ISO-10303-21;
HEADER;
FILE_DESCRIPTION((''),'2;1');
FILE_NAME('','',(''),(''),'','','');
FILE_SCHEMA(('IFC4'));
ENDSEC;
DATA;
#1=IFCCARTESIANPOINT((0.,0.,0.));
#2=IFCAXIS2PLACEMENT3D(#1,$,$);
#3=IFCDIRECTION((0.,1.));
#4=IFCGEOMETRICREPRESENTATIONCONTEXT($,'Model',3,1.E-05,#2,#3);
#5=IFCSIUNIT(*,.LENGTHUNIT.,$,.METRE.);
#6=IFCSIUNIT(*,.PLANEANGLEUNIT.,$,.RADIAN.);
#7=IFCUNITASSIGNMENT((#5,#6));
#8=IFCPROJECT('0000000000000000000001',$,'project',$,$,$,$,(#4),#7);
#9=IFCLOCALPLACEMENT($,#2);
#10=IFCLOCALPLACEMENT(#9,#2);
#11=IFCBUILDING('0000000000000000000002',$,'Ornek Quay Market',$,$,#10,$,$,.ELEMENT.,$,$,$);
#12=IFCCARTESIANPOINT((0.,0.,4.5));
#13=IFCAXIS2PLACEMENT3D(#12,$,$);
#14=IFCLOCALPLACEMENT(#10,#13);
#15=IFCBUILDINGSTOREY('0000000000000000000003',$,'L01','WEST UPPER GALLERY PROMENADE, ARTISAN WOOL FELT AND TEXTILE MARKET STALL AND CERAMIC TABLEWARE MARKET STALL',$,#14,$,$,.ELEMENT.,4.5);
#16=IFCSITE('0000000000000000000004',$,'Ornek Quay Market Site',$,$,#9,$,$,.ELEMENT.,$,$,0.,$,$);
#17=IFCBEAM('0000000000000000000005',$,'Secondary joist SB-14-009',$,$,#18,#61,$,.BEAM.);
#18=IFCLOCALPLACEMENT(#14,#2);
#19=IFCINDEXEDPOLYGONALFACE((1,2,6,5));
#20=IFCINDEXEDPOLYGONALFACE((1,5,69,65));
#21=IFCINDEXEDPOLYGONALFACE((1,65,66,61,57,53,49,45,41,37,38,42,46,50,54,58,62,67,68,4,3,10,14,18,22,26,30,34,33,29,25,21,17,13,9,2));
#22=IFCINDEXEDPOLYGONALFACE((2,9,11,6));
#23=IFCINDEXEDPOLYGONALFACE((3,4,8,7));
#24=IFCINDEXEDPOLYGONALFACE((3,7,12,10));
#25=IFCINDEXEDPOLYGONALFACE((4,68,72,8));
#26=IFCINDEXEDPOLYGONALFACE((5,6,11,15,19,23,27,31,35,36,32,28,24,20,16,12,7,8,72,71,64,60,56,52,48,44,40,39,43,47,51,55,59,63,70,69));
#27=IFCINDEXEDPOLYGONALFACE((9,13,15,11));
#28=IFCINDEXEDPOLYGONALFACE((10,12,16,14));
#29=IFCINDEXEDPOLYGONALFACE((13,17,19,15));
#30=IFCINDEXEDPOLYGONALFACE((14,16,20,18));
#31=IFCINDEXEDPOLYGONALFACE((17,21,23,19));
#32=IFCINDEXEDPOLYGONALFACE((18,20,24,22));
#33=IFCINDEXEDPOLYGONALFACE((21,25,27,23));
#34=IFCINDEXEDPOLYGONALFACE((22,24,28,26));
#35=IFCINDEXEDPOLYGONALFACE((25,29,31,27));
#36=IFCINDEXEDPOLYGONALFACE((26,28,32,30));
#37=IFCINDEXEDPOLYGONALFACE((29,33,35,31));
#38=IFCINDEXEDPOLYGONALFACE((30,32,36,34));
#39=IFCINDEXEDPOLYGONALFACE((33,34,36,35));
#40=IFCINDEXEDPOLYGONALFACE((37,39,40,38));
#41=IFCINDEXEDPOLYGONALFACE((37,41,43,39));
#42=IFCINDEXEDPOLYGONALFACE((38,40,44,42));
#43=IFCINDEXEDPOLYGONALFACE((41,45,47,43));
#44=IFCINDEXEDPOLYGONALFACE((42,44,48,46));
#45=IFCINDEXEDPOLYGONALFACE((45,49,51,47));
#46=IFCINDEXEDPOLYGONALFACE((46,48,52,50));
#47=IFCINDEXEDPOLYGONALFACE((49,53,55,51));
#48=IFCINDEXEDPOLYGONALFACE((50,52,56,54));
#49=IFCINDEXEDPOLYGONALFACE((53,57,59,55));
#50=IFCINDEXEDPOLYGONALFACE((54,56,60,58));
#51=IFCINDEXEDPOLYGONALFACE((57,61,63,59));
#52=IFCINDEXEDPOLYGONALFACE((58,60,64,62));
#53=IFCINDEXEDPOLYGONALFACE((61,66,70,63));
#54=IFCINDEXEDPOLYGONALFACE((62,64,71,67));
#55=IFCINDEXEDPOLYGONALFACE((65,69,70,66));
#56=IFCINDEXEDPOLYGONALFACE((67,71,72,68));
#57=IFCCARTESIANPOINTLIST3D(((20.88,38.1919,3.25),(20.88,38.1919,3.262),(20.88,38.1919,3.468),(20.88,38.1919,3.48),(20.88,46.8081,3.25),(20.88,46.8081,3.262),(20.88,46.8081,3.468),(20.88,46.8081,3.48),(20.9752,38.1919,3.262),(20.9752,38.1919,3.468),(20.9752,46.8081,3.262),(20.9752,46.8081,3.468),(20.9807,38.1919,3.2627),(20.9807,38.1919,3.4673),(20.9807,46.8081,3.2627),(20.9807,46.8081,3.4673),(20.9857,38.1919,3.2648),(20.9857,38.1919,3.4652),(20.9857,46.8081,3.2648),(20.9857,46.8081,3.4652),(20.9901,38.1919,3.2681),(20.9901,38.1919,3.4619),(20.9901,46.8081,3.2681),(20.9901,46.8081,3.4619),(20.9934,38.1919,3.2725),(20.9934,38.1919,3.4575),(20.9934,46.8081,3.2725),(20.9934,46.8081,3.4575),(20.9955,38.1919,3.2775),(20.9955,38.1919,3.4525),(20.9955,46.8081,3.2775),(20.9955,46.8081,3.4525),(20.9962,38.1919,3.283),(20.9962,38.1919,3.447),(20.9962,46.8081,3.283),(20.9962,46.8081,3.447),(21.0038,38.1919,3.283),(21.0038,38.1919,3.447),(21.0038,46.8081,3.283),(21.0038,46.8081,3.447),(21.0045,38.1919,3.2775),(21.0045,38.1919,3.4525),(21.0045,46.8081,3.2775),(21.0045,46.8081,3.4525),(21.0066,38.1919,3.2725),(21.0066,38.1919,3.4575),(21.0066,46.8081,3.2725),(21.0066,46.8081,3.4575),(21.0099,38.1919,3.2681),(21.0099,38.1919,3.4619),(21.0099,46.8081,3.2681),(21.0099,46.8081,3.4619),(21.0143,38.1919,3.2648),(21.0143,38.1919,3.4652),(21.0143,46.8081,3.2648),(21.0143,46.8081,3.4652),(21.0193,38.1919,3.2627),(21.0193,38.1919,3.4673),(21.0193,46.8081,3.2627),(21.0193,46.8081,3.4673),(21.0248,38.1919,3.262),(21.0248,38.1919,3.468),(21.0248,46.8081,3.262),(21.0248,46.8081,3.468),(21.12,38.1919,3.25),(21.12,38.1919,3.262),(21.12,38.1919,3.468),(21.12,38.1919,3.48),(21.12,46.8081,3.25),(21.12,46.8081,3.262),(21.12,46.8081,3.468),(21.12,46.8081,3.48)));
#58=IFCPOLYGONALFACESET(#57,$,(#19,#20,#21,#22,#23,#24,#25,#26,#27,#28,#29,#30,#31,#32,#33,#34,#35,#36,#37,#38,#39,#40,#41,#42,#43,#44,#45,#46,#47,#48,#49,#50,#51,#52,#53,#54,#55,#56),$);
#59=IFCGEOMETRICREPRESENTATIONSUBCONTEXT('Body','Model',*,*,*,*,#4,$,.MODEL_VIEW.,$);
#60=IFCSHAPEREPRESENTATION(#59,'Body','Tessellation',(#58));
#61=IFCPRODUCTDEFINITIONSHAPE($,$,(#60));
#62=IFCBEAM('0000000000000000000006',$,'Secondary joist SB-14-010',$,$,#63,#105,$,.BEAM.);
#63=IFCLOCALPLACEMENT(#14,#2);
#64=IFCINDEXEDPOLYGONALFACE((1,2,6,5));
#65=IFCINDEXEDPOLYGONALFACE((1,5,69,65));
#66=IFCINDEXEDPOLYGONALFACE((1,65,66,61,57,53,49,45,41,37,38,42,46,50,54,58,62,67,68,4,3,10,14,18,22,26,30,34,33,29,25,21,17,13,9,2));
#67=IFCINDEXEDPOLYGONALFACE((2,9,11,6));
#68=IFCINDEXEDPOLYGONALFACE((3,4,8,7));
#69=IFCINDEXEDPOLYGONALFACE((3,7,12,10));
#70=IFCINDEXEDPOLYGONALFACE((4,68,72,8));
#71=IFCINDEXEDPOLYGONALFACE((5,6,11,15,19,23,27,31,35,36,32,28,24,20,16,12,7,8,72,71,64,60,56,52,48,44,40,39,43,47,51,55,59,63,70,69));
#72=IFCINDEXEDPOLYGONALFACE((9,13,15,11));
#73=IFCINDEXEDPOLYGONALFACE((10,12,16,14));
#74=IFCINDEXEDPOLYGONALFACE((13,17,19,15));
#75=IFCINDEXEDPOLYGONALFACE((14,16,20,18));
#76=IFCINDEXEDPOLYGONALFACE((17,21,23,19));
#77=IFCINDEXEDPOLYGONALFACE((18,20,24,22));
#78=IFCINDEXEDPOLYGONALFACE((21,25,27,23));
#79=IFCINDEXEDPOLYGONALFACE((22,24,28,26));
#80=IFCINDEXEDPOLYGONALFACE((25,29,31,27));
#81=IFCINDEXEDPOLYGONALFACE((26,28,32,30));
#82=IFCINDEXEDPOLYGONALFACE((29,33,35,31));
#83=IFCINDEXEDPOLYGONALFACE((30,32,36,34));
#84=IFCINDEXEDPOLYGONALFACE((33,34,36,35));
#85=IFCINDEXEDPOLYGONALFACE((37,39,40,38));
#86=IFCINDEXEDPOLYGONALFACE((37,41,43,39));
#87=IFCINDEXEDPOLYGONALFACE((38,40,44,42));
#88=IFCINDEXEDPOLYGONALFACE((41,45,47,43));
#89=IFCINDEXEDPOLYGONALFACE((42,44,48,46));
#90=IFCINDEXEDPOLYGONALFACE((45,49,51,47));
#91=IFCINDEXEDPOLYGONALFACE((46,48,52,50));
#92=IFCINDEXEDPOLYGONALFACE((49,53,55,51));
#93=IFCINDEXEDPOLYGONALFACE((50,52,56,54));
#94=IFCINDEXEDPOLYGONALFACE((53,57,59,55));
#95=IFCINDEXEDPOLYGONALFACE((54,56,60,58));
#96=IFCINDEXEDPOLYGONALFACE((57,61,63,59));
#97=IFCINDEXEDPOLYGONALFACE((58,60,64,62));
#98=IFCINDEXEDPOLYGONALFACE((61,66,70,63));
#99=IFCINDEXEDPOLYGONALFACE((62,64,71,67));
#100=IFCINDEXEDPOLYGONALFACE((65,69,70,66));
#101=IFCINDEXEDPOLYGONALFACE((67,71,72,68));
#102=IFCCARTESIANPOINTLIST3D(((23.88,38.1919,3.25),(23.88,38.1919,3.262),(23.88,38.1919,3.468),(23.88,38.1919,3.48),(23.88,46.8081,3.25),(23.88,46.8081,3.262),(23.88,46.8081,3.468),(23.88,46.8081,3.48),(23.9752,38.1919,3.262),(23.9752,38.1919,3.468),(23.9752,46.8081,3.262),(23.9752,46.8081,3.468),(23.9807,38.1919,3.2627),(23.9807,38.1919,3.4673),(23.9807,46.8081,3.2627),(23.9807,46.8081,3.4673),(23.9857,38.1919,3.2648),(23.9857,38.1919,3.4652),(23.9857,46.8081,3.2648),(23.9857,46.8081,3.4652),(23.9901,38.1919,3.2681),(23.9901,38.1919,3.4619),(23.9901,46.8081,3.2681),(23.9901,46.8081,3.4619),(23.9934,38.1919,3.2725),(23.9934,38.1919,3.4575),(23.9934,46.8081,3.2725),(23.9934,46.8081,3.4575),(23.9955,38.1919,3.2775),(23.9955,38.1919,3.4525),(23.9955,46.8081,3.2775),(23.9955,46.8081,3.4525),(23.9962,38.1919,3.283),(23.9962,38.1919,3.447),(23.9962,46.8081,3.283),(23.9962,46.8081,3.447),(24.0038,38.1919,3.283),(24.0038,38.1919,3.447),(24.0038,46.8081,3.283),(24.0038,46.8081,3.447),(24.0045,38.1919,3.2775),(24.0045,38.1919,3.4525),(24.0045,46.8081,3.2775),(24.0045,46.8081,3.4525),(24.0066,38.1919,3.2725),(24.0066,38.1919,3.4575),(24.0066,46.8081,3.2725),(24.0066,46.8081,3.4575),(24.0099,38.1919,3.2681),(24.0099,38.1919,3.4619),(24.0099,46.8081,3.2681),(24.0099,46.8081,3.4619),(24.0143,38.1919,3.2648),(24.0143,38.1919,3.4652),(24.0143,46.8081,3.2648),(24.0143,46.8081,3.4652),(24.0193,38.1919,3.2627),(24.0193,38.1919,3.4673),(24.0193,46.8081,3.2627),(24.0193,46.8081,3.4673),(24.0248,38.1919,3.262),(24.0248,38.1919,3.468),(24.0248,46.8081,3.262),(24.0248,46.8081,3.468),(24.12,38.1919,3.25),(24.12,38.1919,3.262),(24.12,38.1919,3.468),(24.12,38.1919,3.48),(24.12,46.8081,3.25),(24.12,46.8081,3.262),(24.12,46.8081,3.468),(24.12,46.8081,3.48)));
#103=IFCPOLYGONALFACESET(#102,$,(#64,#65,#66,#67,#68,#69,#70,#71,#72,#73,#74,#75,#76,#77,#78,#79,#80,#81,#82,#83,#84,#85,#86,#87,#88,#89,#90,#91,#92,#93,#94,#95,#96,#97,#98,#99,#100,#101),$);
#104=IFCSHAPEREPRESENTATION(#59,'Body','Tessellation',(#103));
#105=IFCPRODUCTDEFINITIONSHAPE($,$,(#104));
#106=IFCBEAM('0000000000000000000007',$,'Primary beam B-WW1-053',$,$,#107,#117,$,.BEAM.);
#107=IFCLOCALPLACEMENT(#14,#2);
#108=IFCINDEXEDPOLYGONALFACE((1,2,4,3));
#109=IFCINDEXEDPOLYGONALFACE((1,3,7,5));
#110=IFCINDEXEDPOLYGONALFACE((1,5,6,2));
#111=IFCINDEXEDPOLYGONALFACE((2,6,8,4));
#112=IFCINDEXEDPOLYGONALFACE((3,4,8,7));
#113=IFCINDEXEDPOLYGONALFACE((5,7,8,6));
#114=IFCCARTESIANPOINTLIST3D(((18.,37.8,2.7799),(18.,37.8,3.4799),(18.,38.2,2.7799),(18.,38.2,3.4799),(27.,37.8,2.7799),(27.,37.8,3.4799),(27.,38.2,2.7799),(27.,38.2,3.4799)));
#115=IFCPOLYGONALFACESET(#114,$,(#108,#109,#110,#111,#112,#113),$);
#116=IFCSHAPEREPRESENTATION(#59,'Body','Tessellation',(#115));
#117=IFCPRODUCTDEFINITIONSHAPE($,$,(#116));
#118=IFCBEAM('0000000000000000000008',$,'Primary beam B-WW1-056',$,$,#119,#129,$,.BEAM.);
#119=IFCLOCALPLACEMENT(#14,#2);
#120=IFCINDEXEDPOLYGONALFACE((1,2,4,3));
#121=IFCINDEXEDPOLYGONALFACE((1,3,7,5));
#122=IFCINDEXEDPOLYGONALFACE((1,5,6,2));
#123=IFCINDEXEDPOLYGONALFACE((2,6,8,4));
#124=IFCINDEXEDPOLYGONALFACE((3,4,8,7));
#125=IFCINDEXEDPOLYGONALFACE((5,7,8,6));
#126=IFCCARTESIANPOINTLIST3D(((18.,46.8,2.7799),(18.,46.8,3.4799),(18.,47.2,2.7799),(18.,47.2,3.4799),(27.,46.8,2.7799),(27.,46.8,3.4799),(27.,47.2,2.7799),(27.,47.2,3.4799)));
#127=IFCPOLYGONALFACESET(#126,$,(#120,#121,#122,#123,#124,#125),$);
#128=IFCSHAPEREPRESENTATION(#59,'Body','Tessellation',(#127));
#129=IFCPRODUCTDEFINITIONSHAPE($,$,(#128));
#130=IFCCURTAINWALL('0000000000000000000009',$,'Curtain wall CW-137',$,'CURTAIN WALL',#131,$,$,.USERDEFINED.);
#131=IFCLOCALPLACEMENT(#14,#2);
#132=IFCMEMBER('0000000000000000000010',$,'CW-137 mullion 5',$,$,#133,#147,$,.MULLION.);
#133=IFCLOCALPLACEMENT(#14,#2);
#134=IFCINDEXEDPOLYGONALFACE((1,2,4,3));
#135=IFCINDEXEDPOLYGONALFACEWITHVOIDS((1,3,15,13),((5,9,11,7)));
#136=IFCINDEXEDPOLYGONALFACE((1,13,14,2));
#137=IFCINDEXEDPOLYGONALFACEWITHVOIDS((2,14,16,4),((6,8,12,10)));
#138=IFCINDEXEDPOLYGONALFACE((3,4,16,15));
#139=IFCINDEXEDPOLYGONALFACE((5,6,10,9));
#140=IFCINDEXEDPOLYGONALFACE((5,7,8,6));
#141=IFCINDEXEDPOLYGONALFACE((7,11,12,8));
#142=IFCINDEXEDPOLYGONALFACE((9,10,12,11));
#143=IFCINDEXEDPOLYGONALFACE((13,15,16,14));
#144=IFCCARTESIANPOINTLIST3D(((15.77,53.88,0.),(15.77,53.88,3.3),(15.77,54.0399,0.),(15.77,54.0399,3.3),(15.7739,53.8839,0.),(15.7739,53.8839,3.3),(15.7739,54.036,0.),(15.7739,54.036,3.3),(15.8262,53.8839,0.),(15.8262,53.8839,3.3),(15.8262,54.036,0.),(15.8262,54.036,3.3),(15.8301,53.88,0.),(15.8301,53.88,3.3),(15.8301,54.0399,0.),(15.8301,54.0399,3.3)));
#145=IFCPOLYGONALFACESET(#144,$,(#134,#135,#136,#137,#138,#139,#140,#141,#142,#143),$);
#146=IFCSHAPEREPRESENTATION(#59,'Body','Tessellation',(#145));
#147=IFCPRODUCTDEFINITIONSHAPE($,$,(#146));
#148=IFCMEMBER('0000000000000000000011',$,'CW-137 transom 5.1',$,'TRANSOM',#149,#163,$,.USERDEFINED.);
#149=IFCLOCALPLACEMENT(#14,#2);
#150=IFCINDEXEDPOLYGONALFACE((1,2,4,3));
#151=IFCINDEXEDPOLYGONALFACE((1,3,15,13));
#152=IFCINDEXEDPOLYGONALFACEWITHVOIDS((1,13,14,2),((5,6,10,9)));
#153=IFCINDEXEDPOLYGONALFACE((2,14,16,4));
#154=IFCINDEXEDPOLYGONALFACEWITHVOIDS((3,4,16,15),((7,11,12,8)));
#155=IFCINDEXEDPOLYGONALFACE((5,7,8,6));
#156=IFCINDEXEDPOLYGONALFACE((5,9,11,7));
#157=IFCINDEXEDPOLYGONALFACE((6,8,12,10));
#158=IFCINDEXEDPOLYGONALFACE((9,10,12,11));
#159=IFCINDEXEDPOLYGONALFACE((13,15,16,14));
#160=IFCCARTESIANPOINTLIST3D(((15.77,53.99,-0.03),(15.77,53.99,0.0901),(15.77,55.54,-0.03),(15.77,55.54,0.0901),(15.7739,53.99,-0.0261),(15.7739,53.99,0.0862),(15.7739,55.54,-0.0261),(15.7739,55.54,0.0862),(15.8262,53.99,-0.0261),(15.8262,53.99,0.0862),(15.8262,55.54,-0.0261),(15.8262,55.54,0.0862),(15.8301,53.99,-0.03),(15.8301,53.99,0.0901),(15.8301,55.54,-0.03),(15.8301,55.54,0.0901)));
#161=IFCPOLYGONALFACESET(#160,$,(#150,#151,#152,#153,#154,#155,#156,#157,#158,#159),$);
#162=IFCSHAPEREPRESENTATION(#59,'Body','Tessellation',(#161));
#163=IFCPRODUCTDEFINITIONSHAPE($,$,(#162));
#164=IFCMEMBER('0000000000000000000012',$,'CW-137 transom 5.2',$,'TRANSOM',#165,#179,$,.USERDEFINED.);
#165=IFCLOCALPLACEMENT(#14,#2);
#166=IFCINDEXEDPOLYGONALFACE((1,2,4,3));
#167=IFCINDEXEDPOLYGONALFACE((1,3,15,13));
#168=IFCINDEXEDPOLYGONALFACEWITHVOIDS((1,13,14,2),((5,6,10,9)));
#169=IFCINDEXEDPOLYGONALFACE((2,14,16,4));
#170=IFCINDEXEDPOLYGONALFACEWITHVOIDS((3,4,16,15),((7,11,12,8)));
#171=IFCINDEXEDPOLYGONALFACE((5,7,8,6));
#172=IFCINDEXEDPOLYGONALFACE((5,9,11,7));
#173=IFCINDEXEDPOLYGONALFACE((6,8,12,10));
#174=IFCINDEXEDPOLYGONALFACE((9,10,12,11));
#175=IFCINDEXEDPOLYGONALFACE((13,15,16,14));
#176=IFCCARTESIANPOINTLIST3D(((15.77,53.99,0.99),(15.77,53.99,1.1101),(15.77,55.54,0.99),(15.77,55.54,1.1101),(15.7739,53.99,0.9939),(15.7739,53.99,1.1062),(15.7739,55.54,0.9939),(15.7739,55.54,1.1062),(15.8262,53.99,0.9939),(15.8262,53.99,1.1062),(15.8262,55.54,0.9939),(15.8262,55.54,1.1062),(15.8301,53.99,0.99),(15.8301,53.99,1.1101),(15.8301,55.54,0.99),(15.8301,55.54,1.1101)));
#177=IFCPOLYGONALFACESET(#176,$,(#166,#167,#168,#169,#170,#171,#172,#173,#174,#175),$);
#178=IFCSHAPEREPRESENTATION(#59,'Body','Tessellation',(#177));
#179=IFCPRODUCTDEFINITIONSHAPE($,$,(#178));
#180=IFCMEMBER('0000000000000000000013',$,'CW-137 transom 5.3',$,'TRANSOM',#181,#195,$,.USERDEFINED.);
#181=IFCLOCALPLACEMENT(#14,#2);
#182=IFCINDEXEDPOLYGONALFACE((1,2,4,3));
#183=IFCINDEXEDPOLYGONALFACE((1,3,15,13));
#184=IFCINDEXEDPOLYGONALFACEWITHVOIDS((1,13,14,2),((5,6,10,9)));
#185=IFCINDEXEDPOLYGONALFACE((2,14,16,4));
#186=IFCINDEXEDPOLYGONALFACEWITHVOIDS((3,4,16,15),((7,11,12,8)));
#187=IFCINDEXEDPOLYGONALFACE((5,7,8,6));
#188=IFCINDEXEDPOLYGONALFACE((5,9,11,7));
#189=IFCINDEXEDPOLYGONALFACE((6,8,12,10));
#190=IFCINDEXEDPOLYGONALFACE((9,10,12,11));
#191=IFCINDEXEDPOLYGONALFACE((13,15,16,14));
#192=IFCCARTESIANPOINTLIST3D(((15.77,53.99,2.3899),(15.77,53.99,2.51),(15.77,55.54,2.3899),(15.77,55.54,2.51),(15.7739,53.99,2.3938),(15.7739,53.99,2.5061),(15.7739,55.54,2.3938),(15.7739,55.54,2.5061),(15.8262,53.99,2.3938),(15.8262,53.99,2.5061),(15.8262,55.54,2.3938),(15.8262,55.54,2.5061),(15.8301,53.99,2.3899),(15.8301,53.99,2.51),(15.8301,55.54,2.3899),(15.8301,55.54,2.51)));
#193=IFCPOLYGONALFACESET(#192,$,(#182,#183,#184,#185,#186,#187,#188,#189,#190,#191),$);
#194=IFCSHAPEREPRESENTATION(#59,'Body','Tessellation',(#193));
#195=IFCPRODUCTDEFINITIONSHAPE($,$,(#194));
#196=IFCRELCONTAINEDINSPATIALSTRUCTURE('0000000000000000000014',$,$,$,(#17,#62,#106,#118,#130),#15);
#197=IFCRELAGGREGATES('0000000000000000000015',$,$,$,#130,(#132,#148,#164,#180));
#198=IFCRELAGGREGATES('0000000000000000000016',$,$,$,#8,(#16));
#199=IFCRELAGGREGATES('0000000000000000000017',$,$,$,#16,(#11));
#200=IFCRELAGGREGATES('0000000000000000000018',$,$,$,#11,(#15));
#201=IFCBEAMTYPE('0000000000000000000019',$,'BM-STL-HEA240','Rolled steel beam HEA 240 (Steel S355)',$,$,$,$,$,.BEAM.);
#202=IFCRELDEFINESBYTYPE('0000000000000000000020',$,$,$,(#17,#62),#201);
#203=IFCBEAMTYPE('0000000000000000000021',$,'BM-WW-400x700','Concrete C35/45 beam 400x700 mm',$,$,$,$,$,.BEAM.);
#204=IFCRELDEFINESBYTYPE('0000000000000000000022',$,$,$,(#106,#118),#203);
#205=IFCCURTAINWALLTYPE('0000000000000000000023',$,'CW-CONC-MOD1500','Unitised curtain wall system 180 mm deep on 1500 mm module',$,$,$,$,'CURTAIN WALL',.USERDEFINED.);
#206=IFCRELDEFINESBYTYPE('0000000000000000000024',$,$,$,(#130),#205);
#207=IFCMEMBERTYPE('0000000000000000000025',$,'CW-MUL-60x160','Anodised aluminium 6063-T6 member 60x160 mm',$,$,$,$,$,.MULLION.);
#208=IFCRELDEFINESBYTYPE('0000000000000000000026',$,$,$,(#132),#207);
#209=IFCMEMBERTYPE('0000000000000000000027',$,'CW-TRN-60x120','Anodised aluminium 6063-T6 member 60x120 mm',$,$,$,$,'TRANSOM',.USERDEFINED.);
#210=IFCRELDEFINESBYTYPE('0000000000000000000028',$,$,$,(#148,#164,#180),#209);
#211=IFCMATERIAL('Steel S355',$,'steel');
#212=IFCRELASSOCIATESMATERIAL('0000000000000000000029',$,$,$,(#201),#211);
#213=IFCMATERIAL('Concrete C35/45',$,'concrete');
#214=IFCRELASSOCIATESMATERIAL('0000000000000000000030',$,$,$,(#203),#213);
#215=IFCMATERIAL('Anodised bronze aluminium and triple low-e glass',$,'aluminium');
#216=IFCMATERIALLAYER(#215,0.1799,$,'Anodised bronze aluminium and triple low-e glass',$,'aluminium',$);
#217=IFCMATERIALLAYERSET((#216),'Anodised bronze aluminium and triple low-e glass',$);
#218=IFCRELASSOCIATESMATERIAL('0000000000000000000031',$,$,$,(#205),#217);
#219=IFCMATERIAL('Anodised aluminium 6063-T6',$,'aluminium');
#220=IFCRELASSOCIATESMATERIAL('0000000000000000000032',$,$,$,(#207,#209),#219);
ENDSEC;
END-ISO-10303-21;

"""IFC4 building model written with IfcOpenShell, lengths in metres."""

from ifc_helpers import new_model, si_unit, direction, frame, origin, origin_2d, place, context, subcontext, project, spatial, rectangle, hollow_rectangle, i_section, extrude, material, layer, layer_set, material_profile, profile_set, type_object, element, aggregate, save


model = new_model("IFC4")

# Units and contexts
model_context = context("Model", 3, precision=1e-05, world=origin(), true_north=direction((0.0, 1.0)))
body_context = subcontext(model_context, "Body", "Model", "MODEL_VIEW")
ifc_project = project(units=[si_unit("LENGTHUNIT", "METRE"), si_unit("PLANEANGLEUNIT", "RADIAN")], contexts=[model_context])

# Site, building, storey
site_placement = place(None, origin())
site = spatial("IfcSite", under=ifc_project, at=site_placement, Name="Ornek Quay Market Site", CompositionType="ELEMENT", RefElevation=0.0)
building_placement = place(site_placement, origin())
building = spatial("IfcBuilding", under=site, at=building_placement, Name="Ornek Quay Market", CompositionType="ELEMENT")
storey_placement = place(building_placement, frame((0.0, 0.0, 4.5)))
storey = spatial("IfcBuildingStorey", under=building, at=storey_placement, Name="L01", Description="WEST UPPER GALLERY PROMENADE, ARTISAN WOOL FELT AND TEXTILE MARKET STALL AND CERAMIC TABLEWARE MARKET STALL", CompositionType="ELEMENT", Elevation=4.5)

# Beams
ifc_material_1 = material(Name="Concrete C35/45", Category="concrete")
ifc_material_2 = material(Name="Steel S355", Category="steel")
ifc_material_profile_1 = material_profile(ifc_material_2, i_section(OverallWidth=0.24, OverallDepth=0.23, WebThickness=0.0076, FlangeThickness=0.012, FilletRadius=0.021, at=origin_2d()), Name="HEA 240", Category="steel")
ifc_profile_set_1 = profile_set([ifc_material_profile_1], Name="Steel S355")
beam_type_1 = type_object("IfcBeamType", Name="BM-STL-HEA240", Description="Rolled steel beam HEA 240 (Steel S355)", PredefinedType="BEAM", material=ifc_profile_set_1)
for number, where, z_axis, x_axis, name in (
    (1, (21.0, 38.1919, 3.365), (0.0, 1.0, 0.0), (-1.0, 0.0, 0.0), "Secondary joist SB-14-009"),
    (2, (24.0, 38.1919, 3.365), (0.0, 1.0, 0.0), (-1.0, 0.0, 0.0), "Secondary joist SB-14-010"),
):
    element("IfcBeam", number, at=place(storey_placement, frame(where, z_axis=z_axis, x_axis=x_axis)), inside=storey, type_object=beam_type_1, Name=name, PredefinedType="BEAM", context=body_context, shape_type="SweptSolid", body=[
        extrude(i_section(OverallWidth=0.24, OverallDepth=0.23, WebThickness=0.0076, FlangeThickness=0.012, FilletRadius=0.021, at=origin_2d()), origin(), (0.0, 0.0, 1.0), 8.6162),
    ])
ifc_material_profile_2 = material_profile(ifc_material_1, rectangle(XDim=0.3999, YDim=0.7, at=origin_2d()), Name="RC 400x700", Category="concrete")
ifc_profile_set_2 = profile_set([ifc_material_profile_2], Name="Concrete C35/45")
beam_type_2 = type_object("IfcBeamType", Name="BM-WW-400x700", Description="Concrete C35/45 beam 400x700 mm", PredefinedType="BEAM", material=ifc_profile_set_2)
for number, where, z_axis, x_axis, name in (
    (3, (18.0, 38.0, 3.1299), (1.0, 0.0, 0.0), (0.0, 1.0, 0.0), "Primary beam B-WW1-053"),
    (4, (18.0, 47.0, 3.1299), (1.0, 0.0, 0.0), (0.0, 1.0, 0.0), "Primary beam B-WW1-056"),
):
    element("IfcBeam", number, at=place(storey_placement, frame(where, z_axis=z_axis, x_axis=x_axis)), inside=storey, type_object=beam_type_2, Name=name, PredefinedType="BEAM", context=body_context, shape_type="SweptSolid", body=[
        extrude(rectangle(XDim=0.3999, YDim=0.7, at=origin_2d()), origin(), (0.0, 0.0, 1.0), 9.0),
    ])

# Curtain wall, members
ifc_material_3 = material(Name="Anodised bronze aluminium and triple low-e glass", Category="aluminium")
ifc_layer_1 = layer(ifc_material_3, 0.1799, Name="Anodised bronze aluminium and triple low-e glass", Category="aluminium")
ifc_layer_set_1 = layer_set([ifc_layer_1], Name="Anodised bronze aluminium and triple low-e glass")
curtain_wall_type = type_object("IfcCurtainWallType", Name="CW-CONC-MOD1500", Description="Unitised curtain wall system 180 mm deep on 1500 mm module", ElementType="CURTAIN WALL", PredefinedType="USERDEFINED", material=ifc_layer_set_1)
curtain_wall_placement = place(storey_placement, origin())
curtain_wall = element("IfcCurtainWall", 5, at=curtain_wall_placement, inside=storey, type_object=curtain_wall_type, Name="Curtain wall CW-137", ObjectType="CURTAIN WALL", PredefinedType="USERDEFINED")
ifc_material_4 = material(Name="Anodised aluminium 6063-T6", Category="aluminium")
ifc_material_profile_3 = material_profile(ifc_material_4, hollow_rectangle(XDim=0.0601, YDim=0.1599, WallThickness=0.0039, at=origin_2d()), Name="CW-MUL-60x160", Category="aluminium")
ifc_profile_set_3 = profile_set([ifc_material_profile_3], Name="Anodised aluminium 6063-T6")
member_type_1 = type_object("IfcMemberType", Name="CW-MUL-60x160", Description="Anodised aluminium 6063-T6 member 60x160 mm", PredefinedType="MULLION", material=ifc_profile_set_3)
member_1_placement = place(storey_placement, frame((15.8, 53.96, 0.0), z_axis=(0.0, 0.0, 1.0), x_axis=(-1.0, 0.0, 0.0)))
member_1 = element("IfcMember", 6, at=member_1_placement, type_object=member_type_1, Name="CW-137 mullion 5", PredefinedType="MULLION", context=body_context, shape_type="SweptSolid", body=[
    extrude(hollow_rectangle(XDim=0.0601, YDim=0.1599, WallThickness=0.0039, at=origin_2d()), origin(), (0.0, 0.0, 1.0), 3.3),
])
ifc_material_profile_4 = material_profile(ifc_material_4, hollow_rectangle(XDim=0.0601, YDim=0.1201, WallThickness=0.0039, at=origin_2d()), Name="CW-TRN-60x120", Category="aluminium")
ifc_profile_set_4 = profile_set([ifc_material_profile_4], Name="Anodised aluminium 6063-T6")
member_type_2 = type_object("IfcMemberType", Name="CW-TRN-60x120", Description="Anodised aluminium 6063-T6 member 60x120 mm", ElementType="TRANSOM", PredefinedType="USERDEFINED", material=ifc_profile_set_4)
member_2_placement = place(storey_placement, frame((15.8, 53.99, 0.03), z_axis=(0.0, 1.0, 0.0), x_axis=(-1.0, 0.0, 0.0)))
member_2 = element("IfcMember", 7, at=member_2_placement, type_object=member_type_2, Name="CW-137 transom 5.1", ObjectType="TRANSOM", PredefinedType="USERDEFINED", context=body_context, shape_type="SweptSolid", body=[
    extrude(hollow_rectangle(XDim=0.0601, YDim=0.1201, WallThickness=0.0039, at=origin_2d()), origin(), (0.0, 0.0, 1.0), 1.55),
])
member_3_placement = place(storey_placement, frame((15.8, 53.99, 1.05), z_axis=(0.0, 1.0, 0.0), x_axis=(-1.0, 0.0, 0.0)))
member_3 = element("IfcMember", 8, at=member_3_placement, type_object=member_type_2, Name="CW-137 transom 5.2", ObjectType="TRANSOM", PredefinedType="USERDEFINED", context=body_context, shape_type="SweptSolid", body=[
    extrude(hollow_rectangle(XDim=0.0601, YDim=0.1201, WallThickness=0.0039, at=origin_2d()), origin(), (0.0, 0.0, 1.0), 1.55),
])
member_4_placement = place(storey_placement, frame((15.8, 53.99, 2.45), z_axis=(0.0, 1.0, 0.0), x_axis=(-1.0, 0.0, 0.0)))
member_4 = element("IfcMember", 9, at=member_4_placement, type_object=member_type_2, Name="CW-137 transom 5.3", ObjectType="TRANSOM", PredefinedType="USERDEFINED", context=body_context, shape_type="SweptSolid", body=[
    extrude(hollow_rectangle(XDim=0.0601, YDim=0.1201, WallThickness=0.0039, at=origin_2d()), origin(), (0.0, 0.0, 1.0), 1.55),
])
aggregate(curtain_wall, [member_1, member_2, member_3, member_4])

save(model, "model.ifc")
